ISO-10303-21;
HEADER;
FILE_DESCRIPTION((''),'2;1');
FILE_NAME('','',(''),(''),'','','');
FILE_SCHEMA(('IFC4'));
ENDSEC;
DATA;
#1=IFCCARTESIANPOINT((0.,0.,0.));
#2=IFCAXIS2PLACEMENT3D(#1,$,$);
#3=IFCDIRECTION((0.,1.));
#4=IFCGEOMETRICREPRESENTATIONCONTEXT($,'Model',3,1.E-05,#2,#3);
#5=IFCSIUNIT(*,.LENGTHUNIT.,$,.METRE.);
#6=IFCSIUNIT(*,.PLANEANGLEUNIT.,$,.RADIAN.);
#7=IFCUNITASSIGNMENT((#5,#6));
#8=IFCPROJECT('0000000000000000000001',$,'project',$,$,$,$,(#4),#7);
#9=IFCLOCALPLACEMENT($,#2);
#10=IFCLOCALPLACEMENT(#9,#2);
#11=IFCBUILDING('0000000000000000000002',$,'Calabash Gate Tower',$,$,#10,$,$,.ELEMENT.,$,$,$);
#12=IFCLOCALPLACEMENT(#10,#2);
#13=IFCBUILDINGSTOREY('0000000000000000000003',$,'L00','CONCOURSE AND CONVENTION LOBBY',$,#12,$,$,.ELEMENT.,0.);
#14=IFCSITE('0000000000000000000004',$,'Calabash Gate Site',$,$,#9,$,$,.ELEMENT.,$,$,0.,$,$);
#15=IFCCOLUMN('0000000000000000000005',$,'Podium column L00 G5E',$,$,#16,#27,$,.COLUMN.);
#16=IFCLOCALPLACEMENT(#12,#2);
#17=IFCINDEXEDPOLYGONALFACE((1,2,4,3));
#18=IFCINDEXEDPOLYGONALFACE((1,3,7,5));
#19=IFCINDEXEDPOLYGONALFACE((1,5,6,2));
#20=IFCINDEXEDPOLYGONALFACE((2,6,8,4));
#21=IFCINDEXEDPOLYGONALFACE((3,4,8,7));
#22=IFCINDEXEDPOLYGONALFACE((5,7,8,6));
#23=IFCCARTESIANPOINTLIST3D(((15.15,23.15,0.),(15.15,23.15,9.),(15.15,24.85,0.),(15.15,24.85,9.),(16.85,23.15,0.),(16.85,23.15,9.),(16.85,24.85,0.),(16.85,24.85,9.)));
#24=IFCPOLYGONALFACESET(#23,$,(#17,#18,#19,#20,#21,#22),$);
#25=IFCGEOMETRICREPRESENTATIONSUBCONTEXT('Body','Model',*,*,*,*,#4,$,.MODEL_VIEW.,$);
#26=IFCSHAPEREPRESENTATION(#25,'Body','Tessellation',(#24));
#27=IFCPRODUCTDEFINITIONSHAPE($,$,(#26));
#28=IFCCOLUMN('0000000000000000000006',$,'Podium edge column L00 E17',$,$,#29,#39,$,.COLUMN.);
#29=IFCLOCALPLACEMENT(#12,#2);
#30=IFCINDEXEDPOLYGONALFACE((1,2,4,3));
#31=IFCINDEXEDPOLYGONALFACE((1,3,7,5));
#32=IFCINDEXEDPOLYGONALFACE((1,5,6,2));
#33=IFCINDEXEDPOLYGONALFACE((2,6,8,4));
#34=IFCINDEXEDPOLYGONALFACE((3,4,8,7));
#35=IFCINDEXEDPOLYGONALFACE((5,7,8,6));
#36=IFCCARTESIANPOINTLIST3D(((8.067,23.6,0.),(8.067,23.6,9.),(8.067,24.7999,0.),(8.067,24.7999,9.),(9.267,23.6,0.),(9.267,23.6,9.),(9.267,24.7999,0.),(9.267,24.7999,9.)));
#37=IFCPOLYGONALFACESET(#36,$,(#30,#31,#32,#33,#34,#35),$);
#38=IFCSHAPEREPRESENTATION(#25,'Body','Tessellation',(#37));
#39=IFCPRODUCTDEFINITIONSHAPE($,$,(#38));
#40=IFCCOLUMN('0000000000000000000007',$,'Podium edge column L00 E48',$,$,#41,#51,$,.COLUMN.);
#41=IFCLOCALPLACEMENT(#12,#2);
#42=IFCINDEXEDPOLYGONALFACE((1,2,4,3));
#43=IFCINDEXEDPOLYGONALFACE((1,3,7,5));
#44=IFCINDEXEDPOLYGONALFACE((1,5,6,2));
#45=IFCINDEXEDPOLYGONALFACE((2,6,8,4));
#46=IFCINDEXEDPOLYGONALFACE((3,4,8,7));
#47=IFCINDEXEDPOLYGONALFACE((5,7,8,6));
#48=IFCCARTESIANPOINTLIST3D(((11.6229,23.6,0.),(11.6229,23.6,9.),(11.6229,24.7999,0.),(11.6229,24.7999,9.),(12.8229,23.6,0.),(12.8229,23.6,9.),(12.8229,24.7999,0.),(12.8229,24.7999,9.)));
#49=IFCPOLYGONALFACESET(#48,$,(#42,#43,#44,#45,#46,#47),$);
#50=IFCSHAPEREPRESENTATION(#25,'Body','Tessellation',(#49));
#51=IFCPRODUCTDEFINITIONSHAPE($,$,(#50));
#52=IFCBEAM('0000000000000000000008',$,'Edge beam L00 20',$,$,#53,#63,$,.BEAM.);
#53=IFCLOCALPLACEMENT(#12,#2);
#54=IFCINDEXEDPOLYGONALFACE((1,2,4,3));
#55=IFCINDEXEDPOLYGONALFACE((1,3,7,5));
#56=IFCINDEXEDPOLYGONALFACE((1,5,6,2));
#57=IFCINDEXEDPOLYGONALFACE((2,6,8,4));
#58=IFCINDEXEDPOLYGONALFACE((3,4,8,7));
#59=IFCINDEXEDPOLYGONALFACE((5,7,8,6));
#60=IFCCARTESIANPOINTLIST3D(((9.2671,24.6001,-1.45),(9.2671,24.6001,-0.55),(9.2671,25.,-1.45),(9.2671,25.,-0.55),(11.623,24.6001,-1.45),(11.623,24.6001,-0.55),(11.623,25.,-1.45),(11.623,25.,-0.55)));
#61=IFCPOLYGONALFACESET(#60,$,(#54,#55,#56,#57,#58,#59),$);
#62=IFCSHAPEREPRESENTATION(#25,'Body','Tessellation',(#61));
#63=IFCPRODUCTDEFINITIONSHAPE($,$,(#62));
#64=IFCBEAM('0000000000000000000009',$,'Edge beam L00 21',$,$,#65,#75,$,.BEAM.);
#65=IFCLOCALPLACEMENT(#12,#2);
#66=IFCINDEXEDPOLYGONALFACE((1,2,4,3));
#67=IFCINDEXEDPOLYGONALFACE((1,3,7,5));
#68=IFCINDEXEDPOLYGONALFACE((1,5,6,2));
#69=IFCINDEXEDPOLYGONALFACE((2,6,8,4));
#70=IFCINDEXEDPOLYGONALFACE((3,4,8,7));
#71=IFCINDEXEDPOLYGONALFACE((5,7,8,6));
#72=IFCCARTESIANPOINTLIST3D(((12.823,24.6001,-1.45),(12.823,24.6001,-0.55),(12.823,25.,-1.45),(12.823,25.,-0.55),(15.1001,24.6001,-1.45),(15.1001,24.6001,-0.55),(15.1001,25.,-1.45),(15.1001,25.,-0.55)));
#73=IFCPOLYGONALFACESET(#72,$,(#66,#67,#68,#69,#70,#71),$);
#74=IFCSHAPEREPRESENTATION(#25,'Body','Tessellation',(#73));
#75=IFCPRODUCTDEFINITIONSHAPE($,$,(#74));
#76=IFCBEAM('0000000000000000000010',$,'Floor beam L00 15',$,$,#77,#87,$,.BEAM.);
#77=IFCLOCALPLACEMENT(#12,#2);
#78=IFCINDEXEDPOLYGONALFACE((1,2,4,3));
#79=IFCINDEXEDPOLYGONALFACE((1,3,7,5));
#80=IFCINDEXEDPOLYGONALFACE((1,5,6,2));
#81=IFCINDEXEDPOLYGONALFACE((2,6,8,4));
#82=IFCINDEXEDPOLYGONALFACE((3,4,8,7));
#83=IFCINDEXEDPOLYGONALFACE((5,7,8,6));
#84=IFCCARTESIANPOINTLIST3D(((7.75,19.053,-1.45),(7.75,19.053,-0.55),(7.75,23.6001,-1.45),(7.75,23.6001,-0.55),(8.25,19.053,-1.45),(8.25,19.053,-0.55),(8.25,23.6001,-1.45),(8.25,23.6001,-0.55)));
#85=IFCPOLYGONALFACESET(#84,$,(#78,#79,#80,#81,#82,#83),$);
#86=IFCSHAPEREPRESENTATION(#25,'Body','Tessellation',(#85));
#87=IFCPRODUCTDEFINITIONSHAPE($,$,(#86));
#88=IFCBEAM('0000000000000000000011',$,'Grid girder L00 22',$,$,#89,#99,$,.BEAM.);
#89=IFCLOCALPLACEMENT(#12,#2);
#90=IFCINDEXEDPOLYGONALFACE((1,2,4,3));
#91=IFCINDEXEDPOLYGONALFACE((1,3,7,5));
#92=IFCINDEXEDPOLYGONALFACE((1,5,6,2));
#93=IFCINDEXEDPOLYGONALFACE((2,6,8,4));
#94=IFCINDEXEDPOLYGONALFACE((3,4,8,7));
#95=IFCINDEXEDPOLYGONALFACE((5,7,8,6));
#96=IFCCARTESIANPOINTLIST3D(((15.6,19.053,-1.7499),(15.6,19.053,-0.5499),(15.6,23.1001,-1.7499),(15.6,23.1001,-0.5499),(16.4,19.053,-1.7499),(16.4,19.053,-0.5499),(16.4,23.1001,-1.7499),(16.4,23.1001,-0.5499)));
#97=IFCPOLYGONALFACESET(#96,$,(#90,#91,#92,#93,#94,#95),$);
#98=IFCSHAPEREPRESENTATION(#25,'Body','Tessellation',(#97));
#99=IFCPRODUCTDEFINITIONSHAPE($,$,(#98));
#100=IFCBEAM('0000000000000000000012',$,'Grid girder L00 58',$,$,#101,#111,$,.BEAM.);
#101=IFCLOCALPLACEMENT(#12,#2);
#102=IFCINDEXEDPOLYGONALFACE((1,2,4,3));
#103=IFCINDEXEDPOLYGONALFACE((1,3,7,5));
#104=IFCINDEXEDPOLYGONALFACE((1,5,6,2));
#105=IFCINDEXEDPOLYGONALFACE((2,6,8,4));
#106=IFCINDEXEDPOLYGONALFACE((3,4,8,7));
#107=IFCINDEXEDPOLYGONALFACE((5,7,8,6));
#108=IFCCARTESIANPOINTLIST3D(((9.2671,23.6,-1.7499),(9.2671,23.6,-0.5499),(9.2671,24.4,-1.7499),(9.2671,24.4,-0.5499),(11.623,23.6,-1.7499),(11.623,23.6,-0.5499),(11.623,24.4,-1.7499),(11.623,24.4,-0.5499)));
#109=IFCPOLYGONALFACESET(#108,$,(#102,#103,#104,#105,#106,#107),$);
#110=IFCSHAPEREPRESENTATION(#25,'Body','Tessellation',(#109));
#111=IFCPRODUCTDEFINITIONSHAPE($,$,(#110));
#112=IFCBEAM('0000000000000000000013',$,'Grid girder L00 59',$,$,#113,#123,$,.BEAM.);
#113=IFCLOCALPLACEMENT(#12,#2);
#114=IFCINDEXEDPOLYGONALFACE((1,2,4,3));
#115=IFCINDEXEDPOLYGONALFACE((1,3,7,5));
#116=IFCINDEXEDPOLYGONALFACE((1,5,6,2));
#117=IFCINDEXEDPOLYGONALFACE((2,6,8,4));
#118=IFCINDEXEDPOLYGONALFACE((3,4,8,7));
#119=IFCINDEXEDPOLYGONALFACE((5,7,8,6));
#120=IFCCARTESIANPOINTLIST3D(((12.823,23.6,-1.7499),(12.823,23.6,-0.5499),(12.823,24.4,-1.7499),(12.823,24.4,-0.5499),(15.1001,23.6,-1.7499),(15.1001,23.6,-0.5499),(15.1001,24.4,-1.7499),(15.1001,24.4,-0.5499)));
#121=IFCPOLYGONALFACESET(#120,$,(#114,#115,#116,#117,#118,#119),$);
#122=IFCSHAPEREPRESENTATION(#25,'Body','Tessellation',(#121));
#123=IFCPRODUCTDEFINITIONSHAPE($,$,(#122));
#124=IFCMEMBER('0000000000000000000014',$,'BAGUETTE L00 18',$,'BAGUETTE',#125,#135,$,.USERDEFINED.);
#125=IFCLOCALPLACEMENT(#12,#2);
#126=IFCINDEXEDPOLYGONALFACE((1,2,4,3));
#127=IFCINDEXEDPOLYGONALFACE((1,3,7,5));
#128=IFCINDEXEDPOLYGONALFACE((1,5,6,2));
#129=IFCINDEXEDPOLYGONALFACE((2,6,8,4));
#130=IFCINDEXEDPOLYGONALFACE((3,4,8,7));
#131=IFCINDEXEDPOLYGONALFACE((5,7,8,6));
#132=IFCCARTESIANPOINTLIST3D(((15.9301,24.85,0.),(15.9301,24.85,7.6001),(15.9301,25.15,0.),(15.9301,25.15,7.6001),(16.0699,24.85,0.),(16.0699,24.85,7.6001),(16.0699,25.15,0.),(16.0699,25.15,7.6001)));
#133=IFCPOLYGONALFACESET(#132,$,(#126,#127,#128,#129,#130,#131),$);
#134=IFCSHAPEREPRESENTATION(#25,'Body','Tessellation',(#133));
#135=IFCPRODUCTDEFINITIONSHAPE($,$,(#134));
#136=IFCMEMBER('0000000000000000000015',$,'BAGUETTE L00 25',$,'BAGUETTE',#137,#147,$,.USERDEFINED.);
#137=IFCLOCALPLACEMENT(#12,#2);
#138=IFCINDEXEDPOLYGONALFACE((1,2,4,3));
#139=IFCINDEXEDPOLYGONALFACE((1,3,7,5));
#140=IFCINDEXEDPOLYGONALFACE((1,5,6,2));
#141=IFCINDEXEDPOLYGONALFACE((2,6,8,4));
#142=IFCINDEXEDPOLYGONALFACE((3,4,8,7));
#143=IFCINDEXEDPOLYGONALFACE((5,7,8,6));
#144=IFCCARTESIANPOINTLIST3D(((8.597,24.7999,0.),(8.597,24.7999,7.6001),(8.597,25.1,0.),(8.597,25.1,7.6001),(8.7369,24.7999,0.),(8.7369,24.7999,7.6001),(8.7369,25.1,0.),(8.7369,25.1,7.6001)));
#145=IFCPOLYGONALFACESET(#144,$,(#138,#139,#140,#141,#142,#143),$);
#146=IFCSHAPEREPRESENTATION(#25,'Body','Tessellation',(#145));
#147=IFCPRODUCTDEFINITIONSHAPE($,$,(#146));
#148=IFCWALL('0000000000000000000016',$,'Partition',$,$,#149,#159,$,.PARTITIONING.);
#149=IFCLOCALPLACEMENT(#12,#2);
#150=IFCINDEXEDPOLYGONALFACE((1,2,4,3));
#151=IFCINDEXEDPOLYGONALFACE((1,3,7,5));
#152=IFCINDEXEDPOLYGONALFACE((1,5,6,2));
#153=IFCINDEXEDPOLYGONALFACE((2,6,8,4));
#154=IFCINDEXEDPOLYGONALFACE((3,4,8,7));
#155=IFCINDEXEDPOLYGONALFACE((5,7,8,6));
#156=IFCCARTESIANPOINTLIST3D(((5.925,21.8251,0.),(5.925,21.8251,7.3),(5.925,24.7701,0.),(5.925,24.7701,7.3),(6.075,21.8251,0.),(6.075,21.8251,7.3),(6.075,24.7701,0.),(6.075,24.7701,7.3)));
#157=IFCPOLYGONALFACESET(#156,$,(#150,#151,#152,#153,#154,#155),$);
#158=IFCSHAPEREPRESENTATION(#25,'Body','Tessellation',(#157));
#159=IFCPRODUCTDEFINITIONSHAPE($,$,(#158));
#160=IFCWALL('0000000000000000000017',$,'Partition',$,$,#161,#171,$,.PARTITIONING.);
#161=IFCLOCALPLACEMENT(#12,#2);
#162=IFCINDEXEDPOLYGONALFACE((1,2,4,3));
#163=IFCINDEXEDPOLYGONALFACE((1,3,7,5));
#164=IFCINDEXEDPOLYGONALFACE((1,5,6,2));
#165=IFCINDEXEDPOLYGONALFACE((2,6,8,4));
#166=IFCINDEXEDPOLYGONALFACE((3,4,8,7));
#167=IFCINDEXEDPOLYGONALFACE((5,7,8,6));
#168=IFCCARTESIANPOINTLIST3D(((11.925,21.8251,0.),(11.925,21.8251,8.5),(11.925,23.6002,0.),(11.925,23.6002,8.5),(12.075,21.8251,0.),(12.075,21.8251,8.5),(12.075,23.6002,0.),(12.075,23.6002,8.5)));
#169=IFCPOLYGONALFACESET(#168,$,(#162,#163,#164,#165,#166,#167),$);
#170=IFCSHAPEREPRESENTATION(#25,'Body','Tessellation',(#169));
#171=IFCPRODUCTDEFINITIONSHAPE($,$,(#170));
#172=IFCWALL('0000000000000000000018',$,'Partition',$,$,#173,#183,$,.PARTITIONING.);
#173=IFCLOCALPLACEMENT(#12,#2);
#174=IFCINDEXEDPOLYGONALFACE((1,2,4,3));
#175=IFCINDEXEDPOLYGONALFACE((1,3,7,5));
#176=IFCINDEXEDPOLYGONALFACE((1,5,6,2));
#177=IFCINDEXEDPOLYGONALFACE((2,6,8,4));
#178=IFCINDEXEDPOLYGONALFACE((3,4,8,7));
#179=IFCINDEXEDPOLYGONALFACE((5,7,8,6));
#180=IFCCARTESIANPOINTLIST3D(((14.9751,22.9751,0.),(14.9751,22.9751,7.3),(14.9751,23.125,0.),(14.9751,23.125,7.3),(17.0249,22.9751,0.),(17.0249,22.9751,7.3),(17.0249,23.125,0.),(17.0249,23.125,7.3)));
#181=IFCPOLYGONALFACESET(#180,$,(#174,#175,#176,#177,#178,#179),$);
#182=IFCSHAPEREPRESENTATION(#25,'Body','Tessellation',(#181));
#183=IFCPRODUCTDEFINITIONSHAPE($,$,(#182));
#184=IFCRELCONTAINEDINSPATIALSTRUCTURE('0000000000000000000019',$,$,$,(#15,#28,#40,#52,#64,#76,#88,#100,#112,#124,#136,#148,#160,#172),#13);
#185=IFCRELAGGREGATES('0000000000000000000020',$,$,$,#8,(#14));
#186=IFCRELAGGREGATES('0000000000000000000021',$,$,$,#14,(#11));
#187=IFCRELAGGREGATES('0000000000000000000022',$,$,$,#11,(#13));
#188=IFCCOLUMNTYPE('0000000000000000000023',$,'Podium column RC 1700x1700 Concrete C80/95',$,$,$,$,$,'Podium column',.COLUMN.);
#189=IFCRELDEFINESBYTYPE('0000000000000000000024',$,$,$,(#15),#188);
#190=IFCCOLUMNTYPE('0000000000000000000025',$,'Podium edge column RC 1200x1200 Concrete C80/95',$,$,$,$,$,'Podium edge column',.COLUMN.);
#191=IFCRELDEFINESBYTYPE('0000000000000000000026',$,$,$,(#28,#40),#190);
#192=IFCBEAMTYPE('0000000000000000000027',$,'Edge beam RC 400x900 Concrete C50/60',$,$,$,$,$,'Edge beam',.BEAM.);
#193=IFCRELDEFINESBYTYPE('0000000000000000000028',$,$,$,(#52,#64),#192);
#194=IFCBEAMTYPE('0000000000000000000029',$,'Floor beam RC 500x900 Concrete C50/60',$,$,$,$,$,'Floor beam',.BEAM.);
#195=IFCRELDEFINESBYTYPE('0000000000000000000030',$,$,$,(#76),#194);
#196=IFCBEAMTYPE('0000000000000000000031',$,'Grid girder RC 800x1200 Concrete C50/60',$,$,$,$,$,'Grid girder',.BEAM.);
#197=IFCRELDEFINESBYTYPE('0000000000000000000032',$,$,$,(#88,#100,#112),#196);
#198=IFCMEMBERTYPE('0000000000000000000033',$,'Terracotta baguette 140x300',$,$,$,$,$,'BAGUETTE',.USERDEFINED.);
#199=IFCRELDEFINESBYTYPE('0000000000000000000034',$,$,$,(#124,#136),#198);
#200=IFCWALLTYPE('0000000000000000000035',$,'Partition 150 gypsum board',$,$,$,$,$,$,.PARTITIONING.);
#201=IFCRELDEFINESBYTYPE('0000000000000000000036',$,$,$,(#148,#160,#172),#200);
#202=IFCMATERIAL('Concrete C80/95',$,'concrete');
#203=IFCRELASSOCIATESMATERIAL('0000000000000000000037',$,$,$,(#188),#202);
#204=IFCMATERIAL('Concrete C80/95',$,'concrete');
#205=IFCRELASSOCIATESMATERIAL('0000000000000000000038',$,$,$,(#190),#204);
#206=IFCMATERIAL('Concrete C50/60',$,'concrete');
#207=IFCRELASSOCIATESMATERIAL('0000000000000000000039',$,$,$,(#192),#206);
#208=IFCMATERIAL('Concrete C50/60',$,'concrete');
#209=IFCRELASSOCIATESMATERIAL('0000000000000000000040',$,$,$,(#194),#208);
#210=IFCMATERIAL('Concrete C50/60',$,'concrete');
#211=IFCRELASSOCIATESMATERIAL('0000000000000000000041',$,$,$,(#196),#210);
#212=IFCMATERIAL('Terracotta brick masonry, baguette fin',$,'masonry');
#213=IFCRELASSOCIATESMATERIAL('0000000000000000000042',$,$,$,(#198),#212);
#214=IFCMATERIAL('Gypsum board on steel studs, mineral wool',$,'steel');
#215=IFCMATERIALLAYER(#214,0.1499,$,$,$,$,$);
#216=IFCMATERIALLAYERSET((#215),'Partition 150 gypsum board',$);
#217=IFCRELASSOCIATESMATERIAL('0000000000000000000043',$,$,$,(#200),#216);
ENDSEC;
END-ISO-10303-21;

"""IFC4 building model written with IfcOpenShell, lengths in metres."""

from ifc_helpers import new_model, si_unit, direction, frame, frame_2d, origin, origin_2d, place, context, subcontext, project, spatial, rectangle, extrude, material, layer, layer_set, material_profile, profile_set, type_object, element, save


model = new_model("IFC4")

# Units and contexts
model_context = context("Model", 3, precision=1e-05, world=origin(), true_north=direction((0.0, 1.0)))
body_context = subcontext(model_context, "Body", "Model", "MODEL_VIEW")
ifc_project = project(units=[si_unit("LENGTHUNIT", "METRE"), si_unit("PLANEANGLEUNIT", "RADIAN")], contexts=[model_context])

# Site, building, storey
site_placement = place(None, origin())
site = spatial("IfcSite", under=ifc_project, at=site_placement, Name="Calabash Gate Site", CompositionType="ELEMENT", RefElevation=0.0)
building_placement = place(site_placement, origin())
building = spatial("IfcBuilding", under=site, at=building_placement, Name="Calabash Gate Tower", CompositionType="ELEMENT")
storey_placement = place(building_placement, origin())
storey = spatial("IfcBuildingStorey", under=building, at=storey_placement, Name="L00", Description="CONCOURSE AND CONVENTION LOBBY", CompositionType="ELEMENT", Elevation=0.0)

# Columns
ifc_material_1 = material(Name="Concrete C80/95", Category="concrete")
ifc_material_profile_1 = material_profile(ifc_material_1, rectangle(XDim=1.7, YDim=1.7, at=origin_2d()))
ifc_profile_set_1 = profile_set([ifc_material_profile_1], Name="Concrete C80/95")
column_type_1 = type_object("IfcColumnType", Name="Podium column RC 1700x1700 Concrete C80/95", ElementType="Podium column", PredefinedType="COLUMN", material=ifc_profile_set_1)
column_placement = place(storey_placement, frame((16.0, 24.0, 0.0), z_axis=(0.0, 0.0, 1.0), x_axis=(1.0, 0.0, 0.0)))
element("IfcColumn", 1, at=column_placement, inside=storey, type_object=column_type_1, Name="Podium column L00 G5E", PredefinedType="COLUMN", context=body_context, shape_type="SweptSolid", body=[
    extrude(rectangle(XDim=1.7, YDim=1.7, at=origin_2d()), origin(), (0.0, 0.0, 1.0), 9.0),
])
ifc_material_2 = material(Name="Concrete C80/95", Category="concrete")
ifc_material_profile_2 = material_profile(ifc_material_2, rectangle(XDim=1.2, YDim=1.2, at=origin_2d()))
ifc_profile_set_2 = profile_set([ifc_material_profile_2], Name="Concrete C80/95")
column_type_2 = type_object("IfcColumnType", Name="Podium edge column RC 1200x1200 Concrete C80/95", ElementType="Podium edge column", PredefinedType="COLUMN", material=ifc_profile_set_2)
for number, where, z_axis, x_axis, name in (
    (2, (8.667, 24.2, 0.0), (0.0, 0.0, 1.0), (1.0, 0.0, 0.0), "Podium edge column L00 E17"),
    (3, (12.2229, 24.2, 0.0), (0.0, 0.0, 1.0), (1.0, 0.0, 0.0), "Podium edge column L00 E48"),
):
    element("IfcColumn", number, at=place(storey_placement, frame(where, z_axis=z_axis, x_axis=x_axis)), inside=storey, type_object=column_type_2, Name=name, PredefinedType="COLUMN", context=body_context, shape_type="SweptSolid", body=[
        extrude(rectangle(XDim=1.2, YDim=1.2, at=origin_2d()), origin(), (0.0, 0.0, 1.0), 9.0),
    ])

# Beams
ifc_material_3 = material(Name="Concrete C50/60", Category="concrete")
ifc_material_profile_3 = material_profile(ifc_material_3, rectangle(XDim=0.3999, YDim=0.8999, at=origin_2d()))
ifc_profile_set_3 = profile_set([ifc_material_profile_3], Name="Concrete C50/60")
beam_type_1 = type_object("IfcBeamType", Name="Edge beam RC 400x900 Concrete C50/60", ElementType="Edge beam", PredefinedType="BEAM", material=ifc_profile_set_3)
beam_1_placement = place(storey_placement, frame((9.2671, 24.8, -1.0), z_axis=(1.0, 0.0, 0.0), x_axis=(0.0, 1.0, 0.0)))
element("IfcBeam", 4, at=beam_1_placement, inside=storey, type_object=beam_type_1, Name="Edge beam L00 20", PredefinedType="BEAM", context=body_context, shape_type="SweptSolid", body=[
    extrude(rectangle(XDim=0.3999, YDim=0.8999, at=origin_2d()), origin(), (0.0, 0.0, 1.0), 2.356),
])
beam_2_placement = place(storey_placement, frame((12.823, 24.8, -1.0), z_axis=(1.0, 0.0, 0.0), x_axis=(0.0, 1.0, 0.0)))
element("IfcBeam", 5, at=beam_2_placement, inside=storey, type_object=beam_type_1, Name="Edge beam L00 21", PredefinedType="BEAM", context=body_context, shape_type="SweptSolid", body=[
    extrude(rectangle(XDim=0.3999, YDim=0.8999, at=origin_2d()), origin(), (0.0, 0.0, 1.0), 2.2771),
])
ifc_material_4 = material(Name="Concrete C50/60", Category="concrete")
ifc_material_profile_4 = material_profile(ifc_material_4, rectangle(XDim=0.5, YDim=0.8999, at=origin_2d()))
ifc_profile_set_4 = profile_set([ifc_material_profile_4], Name="Concrete C50/60")
beam_type_2 = type_object("IfcBeamType", Name="Floor beam RC 500x900 Concrete C50/60", ElementType="Floor beam", PredefinedType="BEAM", material=ifc_profile_set_4)
beam_3_placement = place(storey_placement, frame((8.0, 19.053, -1.0), z_axis=(0.0, 1.0, 0.0), x_axis=(-1.0, 0.0, 0.0)))
element("IfcBeam", 6, at=beam_3_placement, inside=storey, type_object=beam_type_2, Name="Floor beam L00 15", PredefinedType="BEAM", context=body_context, shape_type="SweptSolid", body=[
    extrude(rectangle(XDim=0.5, YDim=0.8999, at=origin_2d()), origin(), (0.0, 0.0, 1.0), 4.5471),
])
ifc_material_5 = material(Name="Concrete C50/60", Category="concrete")
ifc_material_profile_5 = material_profile(ifc_material_5, rectangle(XDim=0.8, YDim=1.2, at=origin_2d()))
ifc_profile_set_5 = profile_set([ifc_material_profile_5], Name="Concrete C50/60")
beam_type_3 = type_object("IfcBeamType", Name="Grid girder RC 800x1200 Concrete C50/60", ElementType="Grid girder", PredefinedType="BEAM", material=ifc_profile_set_5)
beam_4_placement = place(storey_placement, frame((16.0, 19.053, -1.1499), z_axis=(0.0, 1.0, 0.0), x_axis=(-1.0, 0.0, 0.0)))
element("IfcBeam", 7, at=beam_4_placement, inside=storey, type_object=beam_type_3, Name="Grid girder L00 22", PredefinedType="BEAM", context=body_context, shape_type="SweptSolid", body=[
    extrude(rectangle(XDim=0.8, YDim=1.2, at=origin_2d()), origin(), (0.0, 0.0, 1.0), 4.0471),
])
beam_5_placement = place(storey_placement, frame((9.2671, 24.0, -1.1499), z_axis=(1.0, 0.0, 0.0), x_axis=(0.0, 1.0, 0.0)))
element("IfcBeam", 8, at=beam_5_placement, inside=storey, type_object=beam_type_3, Name="Grid girder L00 58", PredefinedType="BEAM", context=body_context, shape_type="SweptSolid", body=[
    extrude(rectangle(XDim=0.8, YDim=1.2, at=origin_2d()), origin(), (0.0, 0.0, 1.0), 2.356),
])
beam_6_placement = place(storey_placement, frame((12.823, 24.0, -1.1499), z_axis=(1.0, 0.0, 0.0), x_axis=(0.0, 1.0, 0.0)))
element("IfcBeam", 9, at=beam_6_placement, inside=storey, type_object=beam_type_3, Name="Grid girder L00 59", PredefinedType="BEAM", context=body_context, shape_type="SweptSolid", body=[
    extrude(rectangle(XDim=0.8, YDim=1.2, at=origin_2d()), origin(), (0.0, 0.0, 1.0), 2.2771),
])

# Members
ifc_material_6 = material(Name="Terracotta brick masonry, baguette fin", Category="masonry")
ifc_material_profile_6 = material_profile(ifc_material_6, rectangle(XDim=0.1399, YDim=0.3, at=origin_2d()))
ifc_profile_set_6 = profile_set([ifc_material_profile_6], Name="Terracotta brick masonry, baguette fin")
member_type = type_object("IfcMemberType", Name="Terracotta baguette 140x300", ElementType="BAGUETTE", PredefinedType="USERDEFINED", material=ifc_profile_set_6)
for number, where, z_axis, x_axis, name in (
    (10, (16.0, 25.0, 0.0), (0.0, 0.0, 1.0), (-1.0, 0.0, 0.0), "BAGUETTE L00 18"),
    (11, (8.667, 24.95, 0.0), (0.0, 0.0, 1.0), (-1.0, 0.0, 0.0), "BAGUETTE L00 25"),
):
    element("IfcMember", number, at=place(storey_placement, frame(where, z_axis=z_axis, x_axis=x_axis)), inside=storey, type_object=member_type, Name=name, ObjectType="BAGUETTE", PredefinedType="USERDEFINED", context=body_context, shape_type="SweptSolid", body=[
        extrude(rectangle(XDim=0.1399, YDim=0.3, at=origin_2d()), origin(), (0.0, 0.0, 1.0), 7.6001),
    ])

# Walls
ifc_material_7 = material(Name="Gypsum board on steel studs, mineral wool", Category="steel")
ifc_layer = layer(ifc_material_7, 0.1499)
ifc_layer_set = layer_set([ifc_layer], Name="Partition 150 gypsum board")
wall_type = type_object("IfcWallType", Name="Partition 150 gypsum board", PredefinedType="PARTITIONING", material=ifc_layer_set)
wall_1_placement = place(storey_placement, frame((6.0, 21.825, 0.0), z_axis=(0.0, 0.0, 1.0), x_axis=(0.0, 1.0, 0.0)))
element("IfcWall", 12, at=wall_1_placement, inside=storey, type_object=wall_type, Name="Partition", PredefinedType="PARTITIONING", context=body_context, shape_type="SweptSolid", body=[
    extrude(rectangle(XDim=2.9451, YDim=0.1499, at=frame_2d((1.4727, 0.0))), origin(), (0.0, 0.0, 1.0), 7.3),
])
wall_2_placement = place(storey_placement, frame((12.0, 21.825, 0.0), z_axis=(0.0, 0.0, 1.0), x_axis=(0.0, 1.0, 0.0)))
element("IfcWall", 13, at=wall_2_placement, inside=storey, type_object=wall_type, Name="Partition", PredefinedType="PARTITIONING", context=body_context, shape_type="SweptSolid", body=[
    extrude(rectangle(XDim=1.7751, YDim=0.1499, at=frame_2d((0.8877, 0.0))), origin(), (0.0, 0.0, 1.0), 8.5),
])
wall_3_placement = place(storey_placement, frame((14.9751, 23.05, 0.0), z_axis=(0.0, 0.0, 1.0), x_axis=(1.0, 0.0, 0.0)))
element("IfcWall", 14, at=wall_3_placement, inside=storey, type_object=wall_type, Name="Partition", PredefinedType="PARTITIONING", context=body_context, shape_type="SweptSolid", body=[
    extrude(rectangle(XDim=2.0498, YDim=0.1499, at=frame_2d((1.0249, 0.0))), origin(), (0.0, 0.0, 1.0), 7.3),
])

save(model, "model.ifc")
